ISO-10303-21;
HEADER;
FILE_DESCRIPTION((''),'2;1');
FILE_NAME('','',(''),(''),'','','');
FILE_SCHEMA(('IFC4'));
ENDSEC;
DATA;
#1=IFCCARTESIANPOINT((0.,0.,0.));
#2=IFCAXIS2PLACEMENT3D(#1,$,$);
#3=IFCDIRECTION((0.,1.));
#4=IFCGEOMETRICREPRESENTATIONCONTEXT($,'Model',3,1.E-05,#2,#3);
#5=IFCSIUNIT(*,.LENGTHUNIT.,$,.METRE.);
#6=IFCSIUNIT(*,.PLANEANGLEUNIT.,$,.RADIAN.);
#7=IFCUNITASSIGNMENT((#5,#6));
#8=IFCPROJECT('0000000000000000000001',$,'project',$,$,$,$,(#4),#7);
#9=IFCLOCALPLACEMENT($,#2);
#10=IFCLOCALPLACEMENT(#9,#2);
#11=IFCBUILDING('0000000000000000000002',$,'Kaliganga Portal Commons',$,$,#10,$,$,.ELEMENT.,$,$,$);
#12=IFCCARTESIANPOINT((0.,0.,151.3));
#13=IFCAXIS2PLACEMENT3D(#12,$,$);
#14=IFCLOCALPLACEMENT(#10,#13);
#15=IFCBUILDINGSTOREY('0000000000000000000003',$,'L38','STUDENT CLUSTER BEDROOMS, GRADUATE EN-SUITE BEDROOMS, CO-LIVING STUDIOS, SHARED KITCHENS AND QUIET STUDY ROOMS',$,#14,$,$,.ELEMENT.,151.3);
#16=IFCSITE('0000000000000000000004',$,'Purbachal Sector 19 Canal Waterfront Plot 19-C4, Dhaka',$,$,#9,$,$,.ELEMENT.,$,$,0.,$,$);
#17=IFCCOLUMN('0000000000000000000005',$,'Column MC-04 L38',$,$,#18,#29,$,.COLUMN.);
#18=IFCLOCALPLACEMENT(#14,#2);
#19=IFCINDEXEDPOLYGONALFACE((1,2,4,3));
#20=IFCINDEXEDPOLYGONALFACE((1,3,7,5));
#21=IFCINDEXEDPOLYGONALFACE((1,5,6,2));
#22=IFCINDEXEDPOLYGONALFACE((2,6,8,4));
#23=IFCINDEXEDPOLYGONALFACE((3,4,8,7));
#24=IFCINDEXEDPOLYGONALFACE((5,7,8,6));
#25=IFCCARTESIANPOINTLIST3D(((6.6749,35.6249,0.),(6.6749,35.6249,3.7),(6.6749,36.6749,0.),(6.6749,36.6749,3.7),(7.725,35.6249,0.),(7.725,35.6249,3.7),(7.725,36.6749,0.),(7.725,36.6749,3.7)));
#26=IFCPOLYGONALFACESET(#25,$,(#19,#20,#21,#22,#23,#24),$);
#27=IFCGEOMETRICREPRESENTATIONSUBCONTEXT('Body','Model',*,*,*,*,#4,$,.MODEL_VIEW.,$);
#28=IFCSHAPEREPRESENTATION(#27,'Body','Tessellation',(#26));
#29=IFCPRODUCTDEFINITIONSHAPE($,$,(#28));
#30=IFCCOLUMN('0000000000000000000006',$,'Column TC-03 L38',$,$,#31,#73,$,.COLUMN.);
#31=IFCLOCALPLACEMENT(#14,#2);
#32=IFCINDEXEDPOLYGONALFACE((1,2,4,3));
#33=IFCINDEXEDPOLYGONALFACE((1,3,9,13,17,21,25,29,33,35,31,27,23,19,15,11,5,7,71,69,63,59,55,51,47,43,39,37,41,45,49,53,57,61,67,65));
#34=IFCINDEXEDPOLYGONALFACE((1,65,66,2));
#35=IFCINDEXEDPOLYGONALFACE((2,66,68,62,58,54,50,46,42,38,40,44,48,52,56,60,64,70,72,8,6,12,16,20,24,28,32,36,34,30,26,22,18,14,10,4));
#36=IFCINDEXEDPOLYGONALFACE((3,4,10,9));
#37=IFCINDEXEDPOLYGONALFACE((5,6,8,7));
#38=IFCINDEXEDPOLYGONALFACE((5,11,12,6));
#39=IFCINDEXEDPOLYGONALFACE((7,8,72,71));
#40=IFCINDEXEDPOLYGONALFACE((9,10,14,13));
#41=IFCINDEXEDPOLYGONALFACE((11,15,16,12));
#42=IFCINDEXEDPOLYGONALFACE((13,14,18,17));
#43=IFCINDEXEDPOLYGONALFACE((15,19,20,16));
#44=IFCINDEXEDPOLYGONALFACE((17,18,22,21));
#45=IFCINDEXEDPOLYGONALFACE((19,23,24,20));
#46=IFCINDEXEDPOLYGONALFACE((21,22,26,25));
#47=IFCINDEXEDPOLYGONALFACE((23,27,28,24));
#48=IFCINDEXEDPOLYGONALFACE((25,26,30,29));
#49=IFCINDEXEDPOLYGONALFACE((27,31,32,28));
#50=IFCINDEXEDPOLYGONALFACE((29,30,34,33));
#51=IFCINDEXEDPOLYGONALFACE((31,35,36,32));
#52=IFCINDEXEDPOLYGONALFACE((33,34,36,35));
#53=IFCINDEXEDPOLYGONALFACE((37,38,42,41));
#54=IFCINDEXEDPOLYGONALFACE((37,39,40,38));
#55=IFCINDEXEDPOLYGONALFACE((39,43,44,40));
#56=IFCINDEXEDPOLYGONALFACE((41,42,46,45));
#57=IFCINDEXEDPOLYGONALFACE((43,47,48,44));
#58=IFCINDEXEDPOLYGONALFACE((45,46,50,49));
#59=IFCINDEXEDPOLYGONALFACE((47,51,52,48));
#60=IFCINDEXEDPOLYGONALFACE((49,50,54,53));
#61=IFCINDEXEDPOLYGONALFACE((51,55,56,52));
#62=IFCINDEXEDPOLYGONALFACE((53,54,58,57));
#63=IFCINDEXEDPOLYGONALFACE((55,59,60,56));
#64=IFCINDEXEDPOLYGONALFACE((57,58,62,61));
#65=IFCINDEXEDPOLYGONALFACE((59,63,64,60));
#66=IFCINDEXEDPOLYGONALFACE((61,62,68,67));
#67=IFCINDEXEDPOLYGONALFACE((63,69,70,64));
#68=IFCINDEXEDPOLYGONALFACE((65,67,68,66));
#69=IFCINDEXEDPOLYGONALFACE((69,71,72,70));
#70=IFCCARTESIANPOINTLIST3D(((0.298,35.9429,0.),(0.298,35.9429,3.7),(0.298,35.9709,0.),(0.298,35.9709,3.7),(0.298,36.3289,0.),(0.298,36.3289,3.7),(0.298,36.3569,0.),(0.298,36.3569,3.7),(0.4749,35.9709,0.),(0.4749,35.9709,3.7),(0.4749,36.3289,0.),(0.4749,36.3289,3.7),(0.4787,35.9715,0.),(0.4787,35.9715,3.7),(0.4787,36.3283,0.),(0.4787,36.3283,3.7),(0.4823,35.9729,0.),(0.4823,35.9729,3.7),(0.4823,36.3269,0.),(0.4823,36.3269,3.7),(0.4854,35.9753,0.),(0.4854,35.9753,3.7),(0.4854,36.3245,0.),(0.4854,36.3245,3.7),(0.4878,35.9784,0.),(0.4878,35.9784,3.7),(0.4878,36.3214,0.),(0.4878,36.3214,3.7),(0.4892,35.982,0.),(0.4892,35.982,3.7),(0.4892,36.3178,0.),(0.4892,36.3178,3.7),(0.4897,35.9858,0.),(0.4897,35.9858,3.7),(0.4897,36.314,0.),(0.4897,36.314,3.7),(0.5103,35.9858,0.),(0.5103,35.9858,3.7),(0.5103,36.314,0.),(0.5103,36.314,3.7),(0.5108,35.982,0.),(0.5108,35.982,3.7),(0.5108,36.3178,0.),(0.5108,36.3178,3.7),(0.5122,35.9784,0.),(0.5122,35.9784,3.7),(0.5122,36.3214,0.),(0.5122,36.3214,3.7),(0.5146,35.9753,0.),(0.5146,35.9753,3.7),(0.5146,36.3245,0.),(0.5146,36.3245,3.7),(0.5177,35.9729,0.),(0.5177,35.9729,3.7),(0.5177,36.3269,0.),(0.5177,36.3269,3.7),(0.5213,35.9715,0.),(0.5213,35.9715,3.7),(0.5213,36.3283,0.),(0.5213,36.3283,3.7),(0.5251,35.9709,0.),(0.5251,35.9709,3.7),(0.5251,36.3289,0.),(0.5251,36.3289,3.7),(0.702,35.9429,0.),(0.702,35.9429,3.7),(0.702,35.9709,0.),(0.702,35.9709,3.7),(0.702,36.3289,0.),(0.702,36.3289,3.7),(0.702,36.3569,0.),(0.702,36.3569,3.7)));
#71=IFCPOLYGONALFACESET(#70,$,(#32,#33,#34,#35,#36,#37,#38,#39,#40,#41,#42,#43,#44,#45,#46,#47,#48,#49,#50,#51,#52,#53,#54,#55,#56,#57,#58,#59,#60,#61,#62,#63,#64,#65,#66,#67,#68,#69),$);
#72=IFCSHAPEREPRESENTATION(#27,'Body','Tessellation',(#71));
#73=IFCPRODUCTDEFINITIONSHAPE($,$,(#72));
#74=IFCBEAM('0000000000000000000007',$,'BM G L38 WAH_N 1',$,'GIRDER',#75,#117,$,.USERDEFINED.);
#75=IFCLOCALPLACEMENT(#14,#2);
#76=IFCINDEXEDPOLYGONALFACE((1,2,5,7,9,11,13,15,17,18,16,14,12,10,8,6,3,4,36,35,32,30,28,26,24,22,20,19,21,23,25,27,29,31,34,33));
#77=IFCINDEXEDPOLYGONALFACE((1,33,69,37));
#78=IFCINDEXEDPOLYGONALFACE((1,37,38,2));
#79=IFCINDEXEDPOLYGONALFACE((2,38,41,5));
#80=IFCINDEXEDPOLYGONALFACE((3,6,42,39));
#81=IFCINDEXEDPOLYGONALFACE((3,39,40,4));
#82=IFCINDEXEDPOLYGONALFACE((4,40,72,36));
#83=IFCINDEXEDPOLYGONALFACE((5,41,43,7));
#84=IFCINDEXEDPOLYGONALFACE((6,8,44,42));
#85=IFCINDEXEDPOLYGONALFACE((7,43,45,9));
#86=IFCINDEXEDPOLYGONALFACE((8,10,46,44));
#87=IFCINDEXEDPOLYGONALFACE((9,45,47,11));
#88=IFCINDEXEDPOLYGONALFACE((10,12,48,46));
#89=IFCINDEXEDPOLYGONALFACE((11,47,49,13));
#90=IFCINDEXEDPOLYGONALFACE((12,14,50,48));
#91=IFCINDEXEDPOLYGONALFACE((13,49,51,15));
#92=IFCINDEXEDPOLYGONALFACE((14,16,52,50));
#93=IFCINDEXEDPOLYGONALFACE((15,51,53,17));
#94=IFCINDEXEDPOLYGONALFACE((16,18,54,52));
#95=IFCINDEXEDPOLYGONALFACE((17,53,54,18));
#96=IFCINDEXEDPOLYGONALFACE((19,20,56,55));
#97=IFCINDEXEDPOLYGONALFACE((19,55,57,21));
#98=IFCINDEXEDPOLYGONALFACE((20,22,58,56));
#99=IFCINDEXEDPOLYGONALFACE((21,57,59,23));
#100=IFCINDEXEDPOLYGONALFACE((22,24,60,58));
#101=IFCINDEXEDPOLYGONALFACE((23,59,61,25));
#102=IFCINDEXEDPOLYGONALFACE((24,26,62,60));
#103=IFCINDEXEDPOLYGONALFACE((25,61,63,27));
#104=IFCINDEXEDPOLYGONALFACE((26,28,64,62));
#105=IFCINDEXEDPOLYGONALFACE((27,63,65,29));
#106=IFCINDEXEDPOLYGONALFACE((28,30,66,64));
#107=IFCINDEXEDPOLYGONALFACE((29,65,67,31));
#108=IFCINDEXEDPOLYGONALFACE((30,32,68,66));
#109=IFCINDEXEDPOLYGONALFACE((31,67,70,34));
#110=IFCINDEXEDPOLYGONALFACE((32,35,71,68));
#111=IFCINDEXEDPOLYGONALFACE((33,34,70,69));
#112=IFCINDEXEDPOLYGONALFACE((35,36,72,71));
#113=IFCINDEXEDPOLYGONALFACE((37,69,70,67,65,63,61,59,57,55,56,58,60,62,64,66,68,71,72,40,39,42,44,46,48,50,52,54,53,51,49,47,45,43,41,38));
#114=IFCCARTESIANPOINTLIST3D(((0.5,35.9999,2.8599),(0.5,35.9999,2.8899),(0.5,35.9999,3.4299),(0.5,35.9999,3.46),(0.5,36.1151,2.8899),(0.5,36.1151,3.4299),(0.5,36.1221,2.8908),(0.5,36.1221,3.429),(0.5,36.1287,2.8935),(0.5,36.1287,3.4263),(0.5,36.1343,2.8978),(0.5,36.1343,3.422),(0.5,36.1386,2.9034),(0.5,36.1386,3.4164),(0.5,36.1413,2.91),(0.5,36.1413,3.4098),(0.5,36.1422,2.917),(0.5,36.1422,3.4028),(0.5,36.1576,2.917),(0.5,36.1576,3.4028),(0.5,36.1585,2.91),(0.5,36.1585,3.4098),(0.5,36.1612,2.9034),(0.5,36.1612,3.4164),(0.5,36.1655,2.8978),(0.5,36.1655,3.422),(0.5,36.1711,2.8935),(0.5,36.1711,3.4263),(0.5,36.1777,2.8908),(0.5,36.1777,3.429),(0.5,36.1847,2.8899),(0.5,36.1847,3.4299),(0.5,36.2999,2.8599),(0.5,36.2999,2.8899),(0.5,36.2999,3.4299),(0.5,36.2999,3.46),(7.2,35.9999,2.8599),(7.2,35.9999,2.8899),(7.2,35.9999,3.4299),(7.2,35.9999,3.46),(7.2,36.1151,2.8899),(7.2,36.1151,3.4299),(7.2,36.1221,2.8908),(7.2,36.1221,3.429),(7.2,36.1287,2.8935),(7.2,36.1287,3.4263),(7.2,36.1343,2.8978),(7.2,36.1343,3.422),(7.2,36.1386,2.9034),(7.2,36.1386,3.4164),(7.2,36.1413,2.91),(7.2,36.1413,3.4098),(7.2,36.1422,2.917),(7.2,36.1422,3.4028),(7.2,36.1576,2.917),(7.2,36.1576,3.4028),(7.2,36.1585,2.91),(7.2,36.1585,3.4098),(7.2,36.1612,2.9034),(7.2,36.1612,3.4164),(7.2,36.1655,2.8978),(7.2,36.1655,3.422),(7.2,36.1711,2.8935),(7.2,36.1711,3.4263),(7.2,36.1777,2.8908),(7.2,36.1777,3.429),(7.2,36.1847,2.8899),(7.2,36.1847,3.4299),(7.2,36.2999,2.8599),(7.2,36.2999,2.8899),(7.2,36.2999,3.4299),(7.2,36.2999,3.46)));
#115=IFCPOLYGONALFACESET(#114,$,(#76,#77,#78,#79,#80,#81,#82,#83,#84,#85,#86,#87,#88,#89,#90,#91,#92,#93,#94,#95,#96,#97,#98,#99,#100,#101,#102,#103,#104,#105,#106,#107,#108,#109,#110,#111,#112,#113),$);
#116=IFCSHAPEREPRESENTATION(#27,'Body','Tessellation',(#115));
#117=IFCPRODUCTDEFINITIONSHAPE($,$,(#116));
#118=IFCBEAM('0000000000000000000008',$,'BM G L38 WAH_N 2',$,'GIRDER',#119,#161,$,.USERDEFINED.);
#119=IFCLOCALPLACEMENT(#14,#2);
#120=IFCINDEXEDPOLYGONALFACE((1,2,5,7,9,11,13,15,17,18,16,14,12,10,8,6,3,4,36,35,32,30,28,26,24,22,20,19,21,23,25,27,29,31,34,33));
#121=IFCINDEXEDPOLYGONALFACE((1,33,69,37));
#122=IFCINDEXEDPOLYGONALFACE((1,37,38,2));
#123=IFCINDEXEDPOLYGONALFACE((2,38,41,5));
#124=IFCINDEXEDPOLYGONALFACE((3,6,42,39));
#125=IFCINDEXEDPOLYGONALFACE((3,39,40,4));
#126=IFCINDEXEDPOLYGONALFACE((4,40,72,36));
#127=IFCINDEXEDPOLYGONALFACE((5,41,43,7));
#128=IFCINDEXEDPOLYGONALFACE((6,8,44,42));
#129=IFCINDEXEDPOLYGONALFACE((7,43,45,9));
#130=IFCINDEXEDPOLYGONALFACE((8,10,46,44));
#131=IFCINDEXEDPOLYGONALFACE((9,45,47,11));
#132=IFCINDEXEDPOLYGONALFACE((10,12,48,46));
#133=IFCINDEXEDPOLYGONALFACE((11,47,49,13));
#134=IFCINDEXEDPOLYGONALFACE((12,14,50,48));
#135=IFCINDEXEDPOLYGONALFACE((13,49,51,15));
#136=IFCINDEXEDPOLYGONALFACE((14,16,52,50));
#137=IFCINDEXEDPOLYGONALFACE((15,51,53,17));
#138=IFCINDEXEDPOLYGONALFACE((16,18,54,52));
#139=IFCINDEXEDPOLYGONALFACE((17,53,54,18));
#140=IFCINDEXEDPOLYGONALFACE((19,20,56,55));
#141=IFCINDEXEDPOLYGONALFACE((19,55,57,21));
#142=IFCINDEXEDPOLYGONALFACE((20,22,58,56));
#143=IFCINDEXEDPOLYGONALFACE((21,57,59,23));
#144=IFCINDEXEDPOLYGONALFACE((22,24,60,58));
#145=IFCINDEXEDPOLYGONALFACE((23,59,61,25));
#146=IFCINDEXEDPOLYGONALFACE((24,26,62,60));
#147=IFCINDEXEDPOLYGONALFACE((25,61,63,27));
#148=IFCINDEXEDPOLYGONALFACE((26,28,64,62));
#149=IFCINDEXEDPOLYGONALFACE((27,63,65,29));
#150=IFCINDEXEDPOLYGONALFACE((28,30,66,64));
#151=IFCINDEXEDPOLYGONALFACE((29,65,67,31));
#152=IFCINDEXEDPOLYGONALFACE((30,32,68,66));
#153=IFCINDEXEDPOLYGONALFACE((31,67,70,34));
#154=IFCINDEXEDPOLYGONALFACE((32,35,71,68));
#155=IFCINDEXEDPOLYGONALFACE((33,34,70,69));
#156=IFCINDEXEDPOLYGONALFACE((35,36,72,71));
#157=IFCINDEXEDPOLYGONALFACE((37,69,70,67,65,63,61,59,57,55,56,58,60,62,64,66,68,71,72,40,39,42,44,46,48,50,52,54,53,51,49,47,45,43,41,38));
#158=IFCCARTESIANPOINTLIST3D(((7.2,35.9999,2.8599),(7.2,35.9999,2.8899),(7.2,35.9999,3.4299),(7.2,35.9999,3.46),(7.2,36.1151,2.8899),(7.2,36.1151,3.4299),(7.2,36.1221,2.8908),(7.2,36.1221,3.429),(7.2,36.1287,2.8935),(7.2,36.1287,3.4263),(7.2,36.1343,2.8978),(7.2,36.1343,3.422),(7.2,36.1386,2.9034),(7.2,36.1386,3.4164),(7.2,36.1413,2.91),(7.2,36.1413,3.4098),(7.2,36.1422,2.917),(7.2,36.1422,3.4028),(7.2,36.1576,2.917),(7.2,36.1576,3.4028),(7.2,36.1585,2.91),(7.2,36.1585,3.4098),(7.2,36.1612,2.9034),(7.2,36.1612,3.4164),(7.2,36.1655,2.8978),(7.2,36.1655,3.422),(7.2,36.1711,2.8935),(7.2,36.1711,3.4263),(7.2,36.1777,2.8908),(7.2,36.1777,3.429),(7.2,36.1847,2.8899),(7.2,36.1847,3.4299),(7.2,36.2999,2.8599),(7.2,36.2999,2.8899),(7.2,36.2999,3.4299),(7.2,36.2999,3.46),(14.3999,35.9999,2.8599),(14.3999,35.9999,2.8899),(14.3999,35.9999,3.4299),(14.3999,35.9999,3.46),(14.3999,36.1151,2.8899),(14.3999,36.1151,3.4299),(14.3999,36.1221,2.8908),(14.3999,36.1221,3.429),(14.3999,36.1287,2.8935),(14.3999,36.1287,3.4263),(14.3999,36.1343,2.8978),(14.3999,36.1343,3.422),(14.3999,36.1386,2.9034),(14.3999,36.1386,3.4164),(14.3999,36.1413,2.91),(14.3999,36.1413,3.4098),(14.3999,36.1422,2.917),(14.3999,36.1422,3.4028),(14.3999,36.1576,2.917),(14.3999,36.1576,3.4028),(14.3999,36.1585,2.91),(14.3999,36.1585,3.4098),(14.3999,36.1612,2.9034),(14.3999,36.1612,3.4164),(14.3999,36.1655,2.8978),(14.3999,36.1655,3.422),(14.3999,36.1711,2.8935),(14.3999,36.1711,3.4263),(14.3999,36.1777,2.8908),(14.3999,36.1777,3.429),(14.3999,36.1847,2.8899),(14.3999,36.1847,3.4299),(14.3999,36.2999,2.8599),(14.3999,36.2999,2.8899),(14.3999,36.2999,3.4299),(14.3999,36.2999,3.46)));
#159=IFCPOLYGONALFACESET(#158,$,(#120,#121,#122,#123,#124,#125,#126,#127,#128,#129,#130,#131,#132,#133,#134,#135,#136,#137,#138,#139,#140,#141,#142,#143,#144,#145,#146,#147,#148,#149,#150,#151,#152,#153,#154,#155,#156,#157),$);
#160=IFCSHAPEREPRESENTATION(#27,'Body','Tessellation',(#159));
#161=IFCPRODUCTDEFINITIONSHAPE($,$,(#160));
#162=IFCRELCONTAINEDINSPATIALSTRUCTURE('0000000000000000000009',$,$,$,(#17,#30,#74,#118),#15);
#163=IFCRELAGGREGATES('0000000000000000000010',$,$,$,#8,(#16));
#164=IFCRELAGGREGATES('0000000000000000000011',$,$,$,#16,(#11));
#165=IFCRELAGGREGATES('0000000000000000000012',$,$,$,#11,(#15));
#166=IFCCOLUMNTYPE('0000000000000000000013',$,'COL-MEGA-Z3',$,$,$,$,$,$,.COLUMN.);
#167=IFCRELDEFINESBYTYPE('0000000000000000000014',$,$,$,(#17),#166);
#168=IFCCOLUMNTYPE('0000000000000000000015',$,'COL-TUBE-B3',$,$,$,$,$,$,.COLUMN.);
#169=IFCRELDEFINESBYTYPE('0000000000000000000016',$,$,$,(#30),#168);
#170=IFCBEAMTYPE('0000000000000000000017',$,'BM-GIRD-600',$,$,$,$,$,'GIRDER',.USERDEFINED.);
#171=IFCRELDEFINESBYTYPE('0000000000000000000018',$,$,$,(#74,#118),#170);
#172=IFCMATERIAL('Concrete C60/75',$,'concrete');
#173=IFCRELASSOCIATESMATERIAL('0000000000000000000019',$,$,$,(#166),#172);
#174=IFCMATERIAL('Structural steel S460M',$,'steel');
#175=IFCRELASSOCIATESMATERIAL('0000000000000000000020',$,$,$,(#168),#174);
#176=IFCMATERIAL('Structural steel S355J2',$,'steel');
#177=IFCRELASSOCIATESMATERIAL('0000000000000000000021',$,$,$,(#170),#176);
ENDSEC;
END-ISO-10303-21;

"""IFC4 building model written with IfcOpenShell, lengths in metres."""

from ifc_helpers import new_model, si_unit, direction, frame, origin, origin_2d, place, context, subcontext, project, spatial, rectangle, i_section, extrude, source, transform, mapped, material, material_profile, profile_set, type_object, element, save


model = new_model("IFC4")

# Units and contexts
model_context = context("Model", 3, precision=1e-05, world=origin(), true_north=direction((0.0, 1.0)))
body_context = subcontext(model_context, "Body", "Model", "MODEL_VIEW")
ifc_project = project(units=[si_unit("LENGTHUNIT", "METRE"), si_unit("PLANEANGLEUNIT", "RADIAN")], contexts=[model_context])

# Site, building, storey
site_placement = place(None, origin())
site = spatial("IfcSite", under=ifc_project, at=site_placement, Name="Purbachal Sector 19 Canal Waterfront Plot 19-C4, Dhaka", CompositionType="ELEMENT", RefElevation=0.0)
building_placement = place(site_placement, origin())
building = spatial("IfcBuilding", under=site, at=building_placement, Name="Kaliganga Portal Commons", CompositionType="ELEMENT")
storey_placement = place(building_placement, frame((0.0, 0.0, 151.3)))
storey = spatial("IfcBuildingStorey", under=building, at=storey_placement, Name="L38", Description="STUDENT CLUSTER BEDROOMS, GRADUATE EN-SUITE BEDROOMS, CO-LIVING STUDIOS, SHARED KITCHENS AND QUIET STUDY ROOMS", CompositionType="ELEMENT", Elevation=151.3)

# Columns
ifc_material_1 = material(Name="Concrete C60/75", Category="concrete")
ifc_material_profile_1 = material_profile(ifc_material_1, rectangle(XDim=1.05, YDim=1.05, at=origin_2d()), Name="RC 1050x1050")
ifc_profile_set_1 = profile_set([ifc_material_profile_1], Name="Concrete C60/75")
column_type_1 = type_object("IfcColumnType", Name="COL-MEGA-Z3", PredefinedType="COLUMN", material=ifc_profile_set_1)
shared_shape_1 = source(origin(), body_context, "Body", "SweptSolid", [
    extrude(rectangle(XDim=1.05, YDim=1.05, at=origin_2d()), origin(), (0.0, 0.0, 1.0), 3.7),
])
column_1_placement = place(storey_placement, frame((7.2, 36.1499, 0.0), z_axis=(0.0, 0.0, 1.0), x_axis=(1.0, 0.0, 0.0)))
element("IfcColumn", 1, at=column_1_placement, inside=storey, type_object=column_type_1, Name="Column MC-04 L38", PredefinedType="COLUMN", context=body_context, shape_type="MappedRepresentation", body=[
    mapped(shared_shape_1, transform((0.0, 0.0, 0.0), x_axis=(1.0, 0.0, 0.0), y_axis=(0.0, 1.0, 0.0), z_axis=(0.0, 0.0, 1.0), scale=1.0)),
])
ifc_material_2 = material(Name="Structural steel S460M", Category="steel")
ifc_material_profile_2 = material_profile(ifc_material_2, i_section(OverallWidth=0.4041, OverallDepth=0.4141, WebThickness=0.0205, FlangeThickness=0.0281, FilletRadius=0.0149, at=origin_2d()), Name="HD 400x347")
ifc_profile_set_2 = profile_set([ifc_material_profile_2], Name="Structural steel S460M wide-flange")
column_type_2 = type_object("IfcColumnType", Name="COL-TUBE-B3", PredefinedType="COLUMN", material=ifc_profile_set_2)
shared_shape_2 = source(origin(), body_context, "Body", "SweptSolid", [
    extrude(i_section(OverallWidth=0.4041, OverallDepth=0.4141, WebThickness=0.0205, FlangeThickness=0.0281, FilletRadius=0.0149, at=origin_2d()), origin(), (0.0, 0.0, 1.0), 3.7),
])
column_2_placement = place(storey_placement, frame((0.5, 36.1499, 0.0), z_axis=(0.0, 0.0, 1.0), x_axis=(1.0, 0.0, 0.0)))
element("IfcColumn", 2, at=column_2_placement, inside=storey, type_object=column_type_2, Name="Column TC-03 L38", PredefinedType="COLUMN", context=body_context, shape_type="MappedRepresentation", body=[
    mapped(shared_shape_2, transform((0.0, 0.0, 0.0), x_axis=(1.0, 0.0, 0.0), y_axis=(0.0, 1.0, 0.0), z_axis=(0.0, 0.0, 1.0), scale=1.0)),
])

# Beams
ifc_material_3 = material(Name="Structural steel S355J2", Category="steel")
ifc_material_profile_3 = material_profile(ifc_material_3, i_section(OverallWidth=0.3, OverallDepth=0.6001, WebThickness=0.0154, FlangeThickness=0.03, FilletRadius=0.0271, at=origin_2d()), Name="HE 600 B")
ifc_profile_set_3 = profile_set([ifc_material_profile_3], Name="Structural steel S355J2 wide-flange")
beam_type = type_object("IfcBeamType", Name="BM-GIRD-600", ElementType="GIRDER", PredefinedType="USERDEFINED", material=ifc_profile_set_3)
shared_shape_3 = source(origin(), body_context, "Body", "SweptSolid", [
    extrude(i_section(OverallWidth=0.3, OverallDepth=0.6001, WebThickness=0.0154, FlangeThickness=0.03, FilletRadius=0.0271, at=origin_2d()), origin(), (0.0, 0.0, 1.0), 6.7),
])
beam_1_placement = place(storey_placement, frame((0.5, 36.1499, 3.1599), z_axis=(1.0, 0.0, 0.0), x_axis=(0.0, 1.0, 0.0)))
element("IfcBeam", 3, at=beam_1_placement, inside=storey, type_object=beam_type, Name="BM G L38 WAH_N 1", ObjectType="GIRDER", PredefinedType="USERDEFINED", context=body_context, shape_type="MappedRepresentation", body=[
    mapped(shared_shape_3, transform((0.0, 0.0, 0.0), x_axis=(1.0, 0.0, 0.0), y_axis=(0.0, 1.0, 0.0), z_axis=(0.0, 0.0, 1.0), scale=1.0)),
])
shared_shape_4 = source(origin(), body_context, "Body", "SweptSolid", [
    extrude(i_section(OverallWidth=0.3, OverallDepth=0.6001, WebThickness=0.0154, FlangeThickness=0.03, FilletRadius=0.0271, at=origin_2d()), origin(), (0.0, 0.0, 1.0), 7.2),
])
beam_2_placement = place(storey_placement, frame((7.2, 36.1499, 3.1599), z_axis=(1.0, 0.0, 0.0), x_axis=(0.0, 1.0, 0.0)))
element("IfcBeam", 4, at=beam_2_placement, inside=storey, type_object=beam_type, Name="BM G L38 WAH_N 2", ObjectType="GIRDER", PredefinedType="USERDEFINED", context=body_context, shape_type="MappedRepresentation", body=[
    mapped(shared_shape_4, transform((0.0, 0.0, 0.0), x_axis=(1.0, 0.0, 0.0), y_axis=(0.0, 1.0, 0.0), z_axis=(0.0, 0.0, 1.0), scale=1.0)),
])

save(model, "model.ifc")
